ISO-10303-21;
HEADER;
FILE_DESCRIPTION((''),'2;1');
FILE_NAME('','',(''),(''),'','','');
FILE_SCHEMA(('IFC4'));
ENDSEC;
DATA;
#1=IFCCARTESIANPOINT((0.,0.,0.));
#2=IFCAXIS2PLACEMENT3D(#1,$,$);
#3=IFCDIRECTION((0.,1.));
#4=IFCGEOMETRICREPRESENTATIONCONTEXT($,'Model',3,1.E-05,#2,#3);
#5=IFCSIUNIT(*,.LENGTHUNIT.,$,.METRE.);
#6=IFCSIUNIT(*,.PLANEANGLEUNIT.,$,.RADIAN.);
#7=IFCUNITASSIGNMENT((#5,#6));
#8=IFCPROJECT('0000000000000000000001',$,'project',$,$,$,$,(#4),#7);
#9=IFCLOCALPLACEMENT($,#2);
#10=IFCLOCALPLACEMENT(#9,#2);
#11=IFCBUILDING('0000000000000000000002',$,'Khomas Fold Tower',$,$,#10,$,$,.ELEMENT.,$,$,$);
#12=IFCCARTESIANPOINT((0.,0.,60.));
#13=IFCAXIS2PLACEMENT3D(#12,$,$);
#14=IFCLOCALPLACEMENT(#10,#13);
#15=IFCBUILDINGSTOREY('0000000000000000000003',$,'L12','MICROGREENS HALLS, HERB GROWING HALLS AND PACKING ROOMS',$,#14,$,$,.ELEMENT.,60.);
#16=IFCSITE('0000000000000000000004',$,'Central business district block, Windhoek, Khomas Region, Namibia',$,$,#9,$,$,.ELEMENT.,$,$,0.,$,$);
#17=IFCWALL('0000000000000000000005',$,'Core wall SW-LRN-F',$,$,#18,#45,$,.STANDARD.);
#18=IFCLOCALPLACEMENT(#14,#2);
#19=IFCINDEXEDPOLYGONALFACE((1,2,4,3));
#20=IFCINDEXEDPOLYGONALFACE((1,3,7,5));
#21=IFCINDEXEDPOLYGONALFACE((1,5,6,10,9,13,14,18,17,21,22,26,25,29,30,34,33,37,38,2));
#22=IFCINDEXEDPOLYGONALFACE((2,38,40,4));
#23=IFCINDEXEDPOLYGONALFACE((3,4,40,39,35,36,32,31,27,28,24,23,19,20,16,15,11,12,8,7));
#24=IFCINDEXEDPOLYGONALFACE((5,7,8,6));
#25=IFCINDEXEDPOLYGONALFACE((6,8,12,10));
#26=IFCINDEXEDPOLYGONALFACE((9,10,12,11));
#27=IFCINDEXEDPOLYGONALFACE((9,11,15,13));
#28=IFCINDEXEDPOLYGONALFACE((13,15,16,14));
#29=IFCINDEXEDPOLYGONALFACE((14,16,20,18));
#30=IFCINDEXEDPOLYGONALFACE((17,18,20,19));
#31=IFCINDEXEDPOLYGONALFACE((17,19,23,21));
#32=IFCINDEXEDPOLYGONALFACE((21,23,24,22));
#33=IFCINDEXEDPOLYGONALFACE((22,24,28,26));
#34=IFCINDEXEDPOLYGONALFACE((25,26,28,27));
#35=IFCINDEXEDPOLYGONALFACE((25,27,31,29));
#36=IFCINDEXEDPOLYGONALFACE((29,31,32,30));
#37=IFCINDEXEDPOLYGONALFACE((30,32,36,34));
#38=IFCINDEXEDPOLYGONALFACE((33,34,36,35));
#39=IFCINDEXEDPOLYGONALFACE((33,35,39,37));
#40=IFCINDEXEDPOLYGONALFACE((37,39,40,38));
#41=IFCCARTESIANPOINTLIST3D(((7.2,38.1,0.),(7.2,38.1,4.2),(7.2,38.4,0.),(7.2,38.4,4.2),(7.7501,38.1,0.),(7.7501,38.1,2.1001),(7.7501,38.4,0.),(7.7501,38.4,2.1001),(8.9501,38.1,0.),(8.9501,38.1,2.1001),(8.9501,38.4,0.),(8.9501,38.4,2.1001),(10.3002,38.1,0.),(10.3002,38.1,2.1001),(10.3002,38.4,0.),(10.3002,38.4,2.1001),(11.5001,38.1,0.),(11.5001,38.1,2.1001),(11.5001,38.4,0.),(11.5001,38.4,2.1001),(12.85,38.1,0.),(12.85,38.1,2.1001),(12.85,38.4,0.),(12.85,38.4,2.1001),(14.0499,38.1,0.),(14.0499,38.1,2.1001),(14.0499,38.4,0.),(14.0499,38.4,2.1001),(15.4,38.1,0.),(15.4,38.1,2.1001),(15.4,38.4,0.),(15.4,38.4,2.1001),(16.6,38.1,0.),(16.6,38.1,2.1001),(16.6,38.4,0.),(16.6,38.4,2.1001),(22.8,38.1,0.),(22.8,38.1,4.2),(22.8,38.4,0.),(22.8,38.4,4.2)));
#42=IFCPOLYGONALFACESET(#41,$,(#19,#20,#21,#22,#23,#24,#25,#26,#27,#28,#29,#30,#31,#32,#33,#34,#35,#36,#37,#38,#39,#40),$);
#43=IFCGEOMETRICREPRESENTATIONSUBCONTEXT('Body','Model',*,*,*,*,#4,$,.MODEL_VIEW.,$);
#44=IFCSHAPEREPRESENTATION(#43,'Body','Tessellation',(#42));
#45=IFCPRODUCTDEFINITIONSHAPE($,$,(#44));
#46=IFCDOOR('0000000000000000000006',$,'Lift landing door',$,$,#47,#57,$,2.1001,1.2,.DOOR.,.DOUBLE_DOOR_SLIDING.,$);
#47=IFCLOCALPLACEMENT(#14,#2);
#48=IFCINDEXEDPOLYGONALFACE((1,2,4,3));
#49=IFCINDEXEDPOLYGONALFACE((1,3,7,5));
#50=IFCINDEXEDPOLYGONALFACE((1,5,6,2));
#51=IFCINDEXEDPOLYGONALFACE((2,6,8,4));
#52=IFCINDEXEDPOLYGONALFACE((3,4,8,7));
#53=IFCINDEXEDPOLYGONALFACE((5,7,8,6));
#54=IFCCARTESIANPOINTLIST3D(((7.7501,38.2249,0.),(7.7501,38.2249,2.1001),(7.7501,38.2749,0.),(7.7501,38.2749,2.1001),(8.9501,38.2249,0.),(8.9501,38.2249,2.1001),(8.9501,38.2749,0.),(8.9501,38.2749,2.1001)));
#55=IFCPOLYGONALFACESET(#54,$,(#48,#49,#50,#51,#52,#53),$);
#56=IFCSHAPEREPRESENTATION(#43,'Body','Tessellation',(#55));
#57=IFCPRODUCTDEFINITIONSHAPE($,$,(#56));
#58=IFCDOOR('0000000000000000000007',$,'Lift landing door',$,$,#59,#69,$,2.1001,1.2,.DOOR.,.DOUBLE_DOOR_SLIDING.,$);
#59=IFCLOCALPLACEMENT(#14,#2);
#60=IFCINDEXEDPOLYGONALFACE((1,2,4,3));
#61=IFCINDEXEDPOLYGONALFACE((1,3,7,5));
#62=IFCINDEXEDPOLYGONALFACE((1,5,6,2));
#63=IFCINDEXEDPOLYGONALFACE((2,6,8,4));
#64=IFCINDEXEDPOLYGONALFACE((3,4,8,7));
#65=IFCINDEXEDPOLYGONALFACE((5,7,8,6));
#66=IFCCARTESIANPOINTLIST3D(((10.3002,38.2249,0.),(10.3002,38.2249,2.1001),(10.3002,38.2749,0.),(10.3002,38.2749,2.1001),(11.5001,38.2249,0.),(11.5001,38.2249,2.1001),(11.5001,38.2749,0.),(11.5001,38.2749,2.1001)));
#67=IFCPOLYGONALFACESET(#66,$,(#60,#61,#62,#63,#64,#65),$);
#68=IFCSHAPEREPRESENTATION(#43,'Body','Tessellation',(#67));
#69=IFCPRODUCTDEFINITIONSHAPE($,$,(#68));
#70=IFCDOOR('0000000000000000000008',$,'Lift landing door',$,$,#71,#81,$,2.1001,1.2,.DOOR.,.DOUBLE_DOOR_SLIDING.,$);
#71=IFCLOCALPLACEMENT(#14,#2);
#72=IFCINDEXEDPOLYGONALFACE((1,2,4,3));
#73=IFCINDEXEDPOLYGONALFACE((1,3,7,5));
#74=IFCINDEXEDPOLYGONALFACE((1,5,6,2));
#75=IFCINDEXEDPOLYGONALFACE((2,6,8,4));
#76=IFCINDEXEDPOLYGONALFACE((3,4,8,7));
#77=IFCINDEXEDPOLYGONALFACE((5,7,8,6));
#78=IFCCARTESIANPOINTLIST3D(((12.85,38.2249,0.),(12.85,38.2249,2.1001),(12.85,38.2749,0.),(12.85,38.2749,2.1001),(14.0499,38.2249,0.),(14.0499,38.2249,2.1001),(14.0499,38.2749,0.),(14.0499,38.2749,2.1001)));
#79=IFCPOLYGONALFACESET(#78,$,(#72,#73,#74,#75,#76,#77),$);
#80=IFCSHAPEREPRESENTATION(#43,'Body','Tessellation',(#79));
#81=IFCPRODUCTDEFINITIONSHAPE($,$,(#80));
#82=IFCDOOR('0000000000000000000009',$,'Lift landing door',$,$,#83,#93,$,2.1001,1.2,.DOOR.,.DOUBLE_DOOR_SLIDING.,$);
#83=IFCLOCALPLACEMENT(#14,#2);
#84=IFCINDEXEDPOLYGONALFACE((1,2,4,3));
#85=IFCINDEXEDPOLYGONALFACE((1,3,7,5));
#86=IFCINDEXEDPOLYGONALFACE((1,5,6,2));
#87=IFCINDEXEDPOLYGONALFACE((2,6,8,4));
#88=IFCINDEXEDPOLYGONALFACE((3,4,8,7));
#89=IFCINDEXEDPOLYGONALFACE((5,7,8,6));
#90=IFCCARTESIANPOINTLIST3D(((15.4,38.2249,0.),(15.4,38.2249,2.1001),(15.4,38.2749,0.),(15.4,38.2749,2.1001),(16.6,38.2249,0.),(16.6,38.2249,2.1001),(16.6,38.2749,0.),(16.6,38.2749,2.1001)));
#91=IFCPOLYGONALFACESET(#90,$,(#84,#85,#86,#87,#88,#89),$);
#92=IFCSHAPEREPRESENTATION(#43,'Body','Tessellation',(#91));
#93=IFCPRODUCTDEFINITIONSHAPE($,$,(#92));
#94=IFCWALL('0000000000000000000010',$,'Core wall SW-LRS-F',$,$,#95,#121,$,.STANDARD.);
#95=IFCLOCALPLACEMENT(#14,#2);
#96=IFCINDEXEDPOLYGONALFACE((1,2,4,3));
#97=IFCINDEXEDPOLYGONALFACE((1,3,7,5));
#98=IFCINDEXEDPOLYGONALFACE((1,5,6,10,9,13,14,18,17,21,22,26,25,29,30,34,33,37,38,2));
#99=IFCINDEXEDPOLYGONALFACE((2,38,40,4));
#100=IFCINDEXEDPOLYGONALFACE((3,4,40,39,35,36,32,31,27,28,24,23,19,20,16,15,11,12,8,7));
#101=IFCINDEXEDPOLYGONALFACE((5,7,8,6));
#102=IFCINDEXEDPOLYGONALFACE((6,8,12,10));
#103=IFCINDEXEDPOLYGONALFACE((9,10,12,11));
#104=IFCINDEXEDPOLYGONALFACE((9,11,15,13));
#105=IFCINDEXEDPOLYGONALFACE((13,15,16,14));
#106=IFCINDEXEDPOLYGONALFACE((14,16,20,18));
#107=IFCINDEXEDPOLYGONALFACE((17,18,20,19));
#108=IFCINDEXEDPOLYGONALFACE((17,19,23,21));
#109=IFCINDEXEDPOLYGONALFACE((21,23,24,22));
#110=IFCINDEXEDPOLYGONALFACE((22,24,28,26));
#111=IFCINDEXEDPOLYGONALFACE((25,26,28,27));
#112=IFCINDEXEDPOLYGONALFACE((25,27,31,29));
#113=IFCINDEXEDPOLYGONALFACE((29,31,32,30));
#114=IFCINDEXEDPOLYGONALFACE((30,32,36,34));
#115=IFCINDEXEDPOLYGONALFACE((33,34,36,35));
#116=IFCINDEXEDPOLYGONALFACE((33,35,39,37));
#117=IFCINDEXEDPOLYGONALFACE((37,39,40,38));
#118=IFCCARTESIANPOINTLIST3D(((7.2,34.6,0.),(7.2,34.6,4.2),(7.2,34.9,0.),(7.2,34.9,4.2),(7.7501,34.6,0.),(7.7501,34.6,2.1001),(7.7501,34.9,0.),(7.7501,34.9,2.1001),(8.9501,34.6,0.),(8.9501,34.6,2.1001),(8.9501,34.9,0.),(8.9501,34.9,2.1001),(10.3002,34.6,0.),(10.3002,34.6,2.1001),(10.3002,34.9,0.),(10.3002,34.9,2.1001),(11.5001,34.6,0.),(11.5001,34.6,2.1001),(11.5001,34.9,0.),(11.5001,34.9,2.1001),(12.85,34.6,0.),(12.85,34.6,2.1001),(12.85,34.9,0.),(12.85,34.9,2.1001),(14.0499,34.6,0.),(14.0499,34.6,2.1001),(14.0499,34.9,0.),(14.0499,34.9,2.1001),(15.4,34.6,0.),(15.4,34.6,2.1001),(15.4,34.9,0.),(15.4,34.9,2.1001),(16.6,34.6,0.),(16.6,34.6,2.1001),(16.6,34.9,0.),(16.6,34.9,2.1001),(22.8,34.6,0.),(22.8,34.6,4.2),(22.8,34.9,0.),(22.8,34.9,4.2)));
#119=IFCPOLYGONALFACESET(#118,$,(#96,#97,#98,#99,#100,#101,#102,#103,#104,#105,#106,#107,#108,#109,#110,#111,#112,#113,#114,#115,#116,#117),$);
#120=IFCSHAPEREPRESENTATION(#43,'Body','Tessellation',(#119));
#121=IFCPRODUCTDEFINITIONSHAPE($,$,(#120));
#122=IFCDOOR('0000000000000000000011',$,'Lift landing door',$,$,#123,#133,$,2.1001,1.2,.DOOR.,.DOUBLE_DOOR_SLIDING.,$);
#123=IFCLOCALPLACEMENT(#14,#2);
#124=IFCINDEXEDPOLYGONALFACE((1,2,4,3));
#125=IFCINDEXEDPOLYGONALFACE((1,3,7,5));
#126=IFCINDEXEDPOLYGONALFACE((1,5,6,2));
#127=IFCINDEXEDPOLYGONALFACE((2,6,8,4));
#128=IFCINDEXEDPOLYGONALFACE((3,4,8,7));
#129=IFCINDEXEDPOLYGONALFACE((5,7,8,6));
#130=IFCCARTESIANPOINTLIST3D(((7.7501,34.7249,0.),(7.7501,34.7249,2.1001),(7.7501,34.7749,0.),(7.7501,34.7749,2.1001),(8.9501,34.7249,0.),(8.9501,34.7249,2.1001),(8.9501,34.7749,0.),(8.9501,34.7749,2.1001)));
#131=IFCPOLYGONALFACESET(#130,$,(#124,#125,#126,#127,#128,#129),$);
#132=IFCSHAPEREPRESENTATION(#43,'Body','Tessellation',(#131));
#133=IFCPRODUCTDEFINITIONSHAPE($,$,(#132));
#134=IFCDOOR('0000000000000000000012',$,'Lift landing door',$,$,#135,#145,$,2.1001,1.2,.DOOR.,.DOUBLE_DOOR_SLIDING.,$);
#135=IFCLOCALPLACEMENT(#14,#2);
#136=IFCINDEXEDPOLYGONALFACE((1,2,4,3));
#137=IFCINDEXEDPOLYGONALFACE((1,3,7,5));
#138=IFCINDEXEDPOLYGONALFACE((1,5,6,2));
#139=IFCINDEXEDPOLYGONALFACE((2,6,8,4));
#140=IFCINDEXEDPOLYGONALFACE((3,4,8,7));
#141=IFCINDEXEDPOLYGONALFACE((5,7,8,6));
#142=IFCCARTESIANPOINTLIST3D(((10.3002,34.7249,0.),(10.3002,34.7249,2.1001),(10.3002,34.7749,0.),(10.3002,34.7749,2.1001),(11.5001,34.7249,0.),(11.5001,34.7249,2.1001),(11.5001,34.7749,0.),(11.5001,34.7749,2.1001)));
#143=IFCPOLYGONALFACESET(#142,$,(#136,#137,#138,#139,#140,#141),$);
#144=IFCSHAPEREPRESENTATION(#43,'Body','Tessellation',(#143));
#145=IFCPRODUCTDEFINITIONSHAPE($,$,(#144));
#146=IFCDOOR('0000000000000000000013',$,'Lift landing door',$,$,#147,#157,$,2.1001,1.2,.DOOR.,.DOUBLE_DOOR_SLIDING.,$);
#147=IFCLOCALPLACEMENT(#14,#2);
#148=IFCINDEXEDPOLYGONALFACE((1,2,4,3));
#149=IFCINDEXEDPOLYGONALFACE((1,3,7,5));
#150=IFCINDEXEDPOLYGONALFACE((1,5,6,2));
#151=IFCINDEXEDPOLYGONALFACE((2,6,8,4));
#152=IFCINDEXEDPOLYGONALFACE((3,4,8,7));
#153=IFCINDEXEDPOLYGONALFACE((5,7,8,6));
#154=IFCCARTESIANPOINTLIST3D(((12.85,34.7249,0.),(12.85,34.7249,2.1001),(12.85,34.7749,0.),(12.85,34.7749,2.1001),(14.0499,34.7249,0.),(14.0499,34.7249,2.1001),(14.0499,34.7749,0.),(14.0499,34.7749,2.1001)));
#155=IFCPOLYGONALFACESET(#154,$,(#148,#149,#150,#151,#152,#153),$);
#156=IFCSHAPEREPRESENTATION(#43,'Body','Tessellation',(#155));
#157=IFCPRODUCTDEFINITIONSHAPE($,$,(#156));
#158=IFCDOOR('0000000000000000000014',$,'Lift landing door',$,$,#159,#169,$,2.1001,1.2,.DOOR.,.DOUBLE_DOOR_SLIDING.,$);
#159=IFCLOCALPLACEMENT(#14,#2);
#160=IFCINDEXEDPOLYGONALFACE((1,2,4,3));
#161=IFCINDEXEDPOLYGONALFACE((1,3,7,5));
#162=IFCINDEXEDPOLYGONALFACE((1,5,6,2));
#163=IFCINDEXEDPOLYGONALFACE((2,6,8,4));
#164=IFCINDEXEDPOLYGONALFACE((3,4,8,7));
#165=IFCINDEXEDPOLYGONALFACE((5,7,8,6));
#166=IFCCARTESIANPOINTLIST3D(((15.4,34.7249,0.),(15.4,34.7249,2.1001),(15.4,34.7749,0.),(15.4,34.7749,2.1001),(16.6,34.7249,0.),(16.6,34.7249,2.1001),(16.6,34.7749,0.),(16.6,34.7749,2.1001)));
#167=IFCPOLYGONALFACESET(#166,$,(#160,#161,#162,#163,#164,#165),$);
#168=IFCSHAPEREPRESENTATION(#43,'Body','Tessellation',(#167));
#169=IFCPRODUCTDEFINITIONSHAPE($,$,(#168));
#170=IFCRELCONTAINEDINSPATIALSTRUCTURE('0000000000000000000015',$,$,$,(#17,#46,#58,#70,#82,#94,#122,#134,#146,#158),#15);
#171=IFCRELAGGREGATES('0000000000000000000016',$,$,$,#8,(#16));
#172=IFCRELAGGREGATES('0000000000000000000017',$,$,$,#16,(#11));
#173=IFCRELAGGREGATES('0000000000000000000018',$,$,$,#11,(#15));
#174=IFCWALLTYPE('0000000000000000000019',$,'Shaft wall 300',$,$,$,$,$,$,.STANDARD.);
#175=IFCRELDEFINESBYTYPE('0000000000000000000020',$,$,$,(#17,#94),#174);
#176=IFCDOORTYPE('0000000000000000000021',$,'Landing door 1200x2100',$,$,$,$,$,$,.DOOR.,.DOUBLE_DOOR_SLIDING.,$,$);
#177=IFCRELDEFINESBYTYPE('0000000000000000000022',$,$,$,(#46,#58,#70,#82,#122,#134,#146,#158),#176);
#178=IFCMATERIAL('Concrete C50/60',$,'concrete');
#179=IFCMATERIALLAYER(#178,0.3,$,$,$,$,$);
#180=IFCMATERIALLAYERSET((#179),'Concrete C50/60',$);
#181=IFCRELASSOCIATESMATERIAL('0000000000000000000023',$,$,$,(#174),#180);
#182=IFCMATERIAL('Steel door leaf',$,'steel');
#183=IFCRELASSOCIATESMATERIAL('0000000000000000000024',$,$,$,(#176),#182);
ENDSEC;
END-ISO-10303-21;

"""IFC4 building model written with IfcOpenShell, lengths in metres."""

from ifc_helpers import new_model, si_unit, direction, frame, frame_2d, origin, place, context, subcontext, project, spatial, rectangle, extrude, source, transform, mapped, material, layer, layer_set, type_object, element, fill, save


model = new_model("IFC4")

# Units and contexts
model_context = context("Model", 3, precision=1e-05, world=origin(), true_north=direction((0.0, 1.0)))
body_context = subcontext(model_context, "Body", "Model", "MODEL_VIEW")
ifc_project = project(units=[si_unit("LENGTHUNIT", "METRE"), si_unit("PLANEANGLEUNIT", "RADIAN")], contexts=[model_context])

# Site, building, storey
site_placement = place(None, origin())
site = spatial("IfcSite", under=ifc_project, at=site_placement, Name="Central business district block, Windhoek, Khomas Region, Namibia", CompositionType="ELEMENT", RefElevation=0.0)
building_placement = place(site_placement, origin())
building = spatial("IfcBuilding", under=site, at=building_placement, Name="Khomas Fold Tower", CompositionType="ELEMENT")
storey_placement = place(building_placement, frame((0.0, 0.0, 60.0)))
storey = spatial("IfcBuildingStorey", under=building, at=storey_placement, Name="L12", Description="MICROGREENS HALLS, HERB GROWING HALLS AND PACKING ROOMS", CompositionType="ELEMENT", Elevation=60.0)

# Shared definitions
ifc_material_1 = material(Name="Concrete C50/60", Category="concrete")
ifc_layer_1 = layer(ifc_material_1, 0.3)
ifc_layer_set_1 = layer_set([ifc_layer_1], Name="Concrete C50/60")
wall_type_1 = type_object("IfcWallType", Name="Shaft wall 300", PredefinedType="STANDARD", material=ifc_layer_set_1)
shared_shape_1 = source(origin(), body_context, "Body", "SweptSolid", [
    extrude(rectangle(XDim=15.6001, YDim=0.3, at=frame_2d((7.8, 0.0))), origin(), (0.0, 0.0, 1.0), 4.2),
])

# Walls, openings, doors
wall_1_placement = place(storey_placement, frame((7.2, 38.25, 0.0), z_axis=(0.0, 0.0, 1.0), x_axis=(1.0, 0.0, 0.0)))
wall_1 = element("IfcWall", 1, at=wall_1_placement, inside=storey, type_object=wall_type_1, Name="Core wall SW-LRN-F", PredefinedType="STANDARD", context=body_context, shape_type="MappedRepresentation", body=[
    mapped(shared_shape_1, transform((0.0, 0.0, 0.0))),
])
shared_shape_2 = source(origin(), body_context, "Body", "SweptSolid", [
    extrude(rectangle(XDim=1.2, YDim=2.1001, at=frame_2d((0.6001, 1.05))), frame((0.0, 0.1599, 0.0), z_axis=(0.0, -1.0, 0.0), x_axis=(1.0, 0.0, 0.0)), (0.0, 0.0, 1.0), 0.3201),
])
opening_1_placement = place(wall_1_placement, frame((0.55, 0.0, 0.0)))
opening_1 = element("IfcOpeningElement", 2, at=opening_1_placement, cuts=wall_1, PredefinedType="OPENING", context=body_context, shape_type="MappedRepresentation", body=[
    mapped(shared_shape_2, transform((0.0, 0.0, 0.0))),
])
opening_2_placement = place(wall_1_placement, frame((3.1001, 0.0, 0.0)))
opening_2 = element("IfcOpeningElement", 3, at=opening_2_placement, cuts=wall_1, PredefinedType="OPENING", context=body_context, shape_type="MappedRepresentation", body=[
    mapped(shared_shape_2, transform((0.0, 0.0, 0.0))),
])
opening_3_placement = place(wall_1_placement, frame((5.6499, 0.0, 0.0)))
opening_3 = element("IfcOpeningElement", 4, at=opening_3_placement, cuts=wall_1, PredefinedType="OPENING", context=body_context, shape_type="MappedRepresentation", body=[
    mapped(shared_shape_2, transform((0.0, 0.0, 0.0))),
])
opening_4_placement = place(wall_1_placement, frame((8.2, 0.0, 0.0)))
opening_4 = element("IfcOpeningElement", 5, at=opening_4_placement, cuts=wall_1, PredefinedType="OPENING", context=body_context, shape_type="MappedRepresentation", body=[
    mapped(shared_shape_2, transform((0.0, 0.0, 0.0))),
])
ifc_material_2 = material(Name="Steel door leaf", Category="steel")
door_type_1 = type_object("IfcDoorType", Name="Landing door 1200x2100", OperationType="DOUBLE_DOOR_SLIDING", PredefinedType="DOOR", material=ifc_material_2)
shared_shape_3 = source(origin(), body_context, "Body", "SweptSolid", [
    extrude(rectangle(XDim=1.2, YDim=2.1001, at=frame_2d((0.6001, 1.05))), frame((0.0, 0.0249, 0.0), z_axis=(0.0, -1.0, 0.0), x_axis=(1.0, 0.0, 0.0)), (0.0, 0.0, 1.0), 0.05),
])
door_1_placement = place(opening_1_placement, origin())
door_1 = element("IfcDoor", 6, at=door_1_placement, inside=storey, type_object=door_type_1, Name="Lift landing door", OperationType="DOUBLE_DOOR_SLIDING", OverallHeight=2.1001, OverallWidth=1.2, PredefinedType="DOOR", context=body_context, shape_type="MappedRepresentation", body=[
    mapped(shared_shape_3, transform((0.0, 0.0, 0.0))),
])
fill(opening_1, door_1)
door_2_placement = place(opening_2_placement, origin())
door_2 = element("IfcDoor", 7, at=door_2_placement, inside=storey, type_object=door_type_1, Name="Lift landing door", OperationType="DOUBLE_DOOR_SLIDING", OverallHeight=2.1001, OverallWidth=1.2, PredefinedType="DOOR", context=body_context, shape_type="MappedRepresentation", body=[
    mapped(shared_shape_3, transform((0.0, 0.0, 0.0))),
])
fill(opening_2, door_2)
door_3_placement = place(opening_3_placement, origin())
door_3 = element("IfcDoor", 8, at=door_3_placement, inside=storey, type_object=door_type_1, Name="Lift landing door", OperationType="DOUBLE_DOOR_SLIDING", OverallHeight=2.1001, OverallWidth=1.2, PredefinedType="DOOR", context=body_context, shape_type="MappedRepresentation", body=[
    mapped(shared_shape_3, transform((0.0, 0.0, 0.0))),
])
fill(opening_3, door_3)
door_4_placement = place(opening_4_placement, origin())
door_4 = element("IfcDoor", 9, at=door_4_placement, inside=storey, type_object=door_type_1, Name="Lift landing door", OperationType="DOUBLE_DOOR_SLIDING", OverallHeight=2.1001, OverallWidth=1.2, PredefinedType="DOOR", context=body_context, shape_type="MappedRepresentation", body=[
    mapped(shared_shape_3, transform((0.0, 0.0, 0.0))),
])
fill(opening_4, door_4)
wall_2_placement = place(storey_placement, frame((7.2, 34.75, 0.0), z_axis=(0.0, 0.0, 1.0), x_axis=(1.0, 0.0, 0.0)))
wall_2 = element("IfcWall", 10, at=wall_2_placement, inside=storey, type_object=wall_type_1, Name="Core wall SW-LRS-F", PredefinedType="STANDARD", context=body_context, shape_type="MappedRepresentation", body=[
    mapped(shared_shape_1, transform((0.0, 0.0, 0.0))),
])
opening_5_placement = place(wall_2_placement, frame((0.55, 0.0, 0.0)))
opening_5 = element("IfcOpeningElement", 11, at=opening_5_placement, cuts=wall_2, PredefinedType="OPENING", context=body_context, shape_type="MappedRepresentation", body=[
    mapped(shared_shape_2, transform((0.0, 0.0, 0.0))),
])
opening_6_placement = place(wall_2_placement, frame((3.1001, 0.0, 0.0)))
opening_6 = element("IfcOpeningElement", 12, at=opening_6_placement, cuts=wall_2, PredefinedType="OPENING", context=body_context, shape_type="MappedRepresentation", body=[
    mapped(shared_shape_2, transform((0.0, 0.0, 0.0))),
])
opening_7_placement = place(wall_2_placement, frame((5.6499, 0.0, 0.0)))
opening_7 = element("IfcOpeningElement", 13, at=opening_7_placement, cuts=wall_2, PredefinedType="OPENING", context=body_context, shape_type="MappedRepresentation", body=[
    mapped(shared_shape_2, transform((0.0, 0.0, 0.0))),
])
opening_8_placement = place(wall_2_placement, frame((8.2, 0.0, 0.0)))
opening_8 = element("IfcOpeningElement", 14, at=opening_8_placement, cuts=wall_2, PredefinedType="OPENING", context=body_context, shape_type="MappedRepresentation", body=[
    mapped(shared_shape_2, transform((0.0, 0.0, 0.0))),
])
door_5_placement = place(opening_5_placement, origin())
door_5 = element("IfcDoor", 15, at=door_5_placement, inside=storey, type_object=door_type_1, Name="Lift landing door", OperationType="DOUBLE_DOOR_SLIDING", OverallHeight=2.1001, OverallWidth=1.2, PredefinedType="DOOR", context=body_context, shape_type="MappedRepresentation", body=[
    mapped(shared_shape_3, transform((0.0, 0.0, 0.0))),
])
fill(opening_5, door_5)
door_6_placement = place(opening_6_placement, origin())
door_6 = element("IfcDoor", 16, at=door_6_placement, inside=storey, type_object=door_type_1, Name="Lift landing door", OperationType="DOUBLE_DOOR_SLIDING", OverallHeight=2.1001, OverallWidth=1.2, PredefinedType="DOOR", context=body_context, shape_type="MappedRepresentation", body=[
    mapped(shared_shape_3, transform((0.0, 0.0, 0.0))),
])
fill(opening_6, door_6)
door_7_placement = place(opening_7_placement, origin())
door_7 = element("IfcDoor", 17, at=door_7_placement, inside=storey, type_object=door_type_1, Name="Lift landing door", OperationType="DOUBLE_DOOR_SLIDING", OverallHeight=2.1001, OverallWidth=1.2, PredefinedType="DOOR", context=body_context, shape_type="MappedRepresentation", body=[
    mapped(shared_shape_3, transform((0.0, 0.0, 0.0))),
])
fill(opening_7, door_7)
door_8_placement = place(opening_8_placement, origin())
door_8 = element("IfcDoor", 18, at=door_8_placement, inside=storey, type_object=door_type_1, Name="Lift landing door", OperationType="DOUBLE_DOOR_SLIDING", OverallHeight=2.1001, OverallWidth=1.2, PredefinedType="DOOR", context=body_context, shape_type="MappedRepresentation", body=[
    mapped(shared_shape_3, transform((0.0, 0.0, 0.0))),
])
fill(opening_8, door_8)

save(model, "model.ifc")
